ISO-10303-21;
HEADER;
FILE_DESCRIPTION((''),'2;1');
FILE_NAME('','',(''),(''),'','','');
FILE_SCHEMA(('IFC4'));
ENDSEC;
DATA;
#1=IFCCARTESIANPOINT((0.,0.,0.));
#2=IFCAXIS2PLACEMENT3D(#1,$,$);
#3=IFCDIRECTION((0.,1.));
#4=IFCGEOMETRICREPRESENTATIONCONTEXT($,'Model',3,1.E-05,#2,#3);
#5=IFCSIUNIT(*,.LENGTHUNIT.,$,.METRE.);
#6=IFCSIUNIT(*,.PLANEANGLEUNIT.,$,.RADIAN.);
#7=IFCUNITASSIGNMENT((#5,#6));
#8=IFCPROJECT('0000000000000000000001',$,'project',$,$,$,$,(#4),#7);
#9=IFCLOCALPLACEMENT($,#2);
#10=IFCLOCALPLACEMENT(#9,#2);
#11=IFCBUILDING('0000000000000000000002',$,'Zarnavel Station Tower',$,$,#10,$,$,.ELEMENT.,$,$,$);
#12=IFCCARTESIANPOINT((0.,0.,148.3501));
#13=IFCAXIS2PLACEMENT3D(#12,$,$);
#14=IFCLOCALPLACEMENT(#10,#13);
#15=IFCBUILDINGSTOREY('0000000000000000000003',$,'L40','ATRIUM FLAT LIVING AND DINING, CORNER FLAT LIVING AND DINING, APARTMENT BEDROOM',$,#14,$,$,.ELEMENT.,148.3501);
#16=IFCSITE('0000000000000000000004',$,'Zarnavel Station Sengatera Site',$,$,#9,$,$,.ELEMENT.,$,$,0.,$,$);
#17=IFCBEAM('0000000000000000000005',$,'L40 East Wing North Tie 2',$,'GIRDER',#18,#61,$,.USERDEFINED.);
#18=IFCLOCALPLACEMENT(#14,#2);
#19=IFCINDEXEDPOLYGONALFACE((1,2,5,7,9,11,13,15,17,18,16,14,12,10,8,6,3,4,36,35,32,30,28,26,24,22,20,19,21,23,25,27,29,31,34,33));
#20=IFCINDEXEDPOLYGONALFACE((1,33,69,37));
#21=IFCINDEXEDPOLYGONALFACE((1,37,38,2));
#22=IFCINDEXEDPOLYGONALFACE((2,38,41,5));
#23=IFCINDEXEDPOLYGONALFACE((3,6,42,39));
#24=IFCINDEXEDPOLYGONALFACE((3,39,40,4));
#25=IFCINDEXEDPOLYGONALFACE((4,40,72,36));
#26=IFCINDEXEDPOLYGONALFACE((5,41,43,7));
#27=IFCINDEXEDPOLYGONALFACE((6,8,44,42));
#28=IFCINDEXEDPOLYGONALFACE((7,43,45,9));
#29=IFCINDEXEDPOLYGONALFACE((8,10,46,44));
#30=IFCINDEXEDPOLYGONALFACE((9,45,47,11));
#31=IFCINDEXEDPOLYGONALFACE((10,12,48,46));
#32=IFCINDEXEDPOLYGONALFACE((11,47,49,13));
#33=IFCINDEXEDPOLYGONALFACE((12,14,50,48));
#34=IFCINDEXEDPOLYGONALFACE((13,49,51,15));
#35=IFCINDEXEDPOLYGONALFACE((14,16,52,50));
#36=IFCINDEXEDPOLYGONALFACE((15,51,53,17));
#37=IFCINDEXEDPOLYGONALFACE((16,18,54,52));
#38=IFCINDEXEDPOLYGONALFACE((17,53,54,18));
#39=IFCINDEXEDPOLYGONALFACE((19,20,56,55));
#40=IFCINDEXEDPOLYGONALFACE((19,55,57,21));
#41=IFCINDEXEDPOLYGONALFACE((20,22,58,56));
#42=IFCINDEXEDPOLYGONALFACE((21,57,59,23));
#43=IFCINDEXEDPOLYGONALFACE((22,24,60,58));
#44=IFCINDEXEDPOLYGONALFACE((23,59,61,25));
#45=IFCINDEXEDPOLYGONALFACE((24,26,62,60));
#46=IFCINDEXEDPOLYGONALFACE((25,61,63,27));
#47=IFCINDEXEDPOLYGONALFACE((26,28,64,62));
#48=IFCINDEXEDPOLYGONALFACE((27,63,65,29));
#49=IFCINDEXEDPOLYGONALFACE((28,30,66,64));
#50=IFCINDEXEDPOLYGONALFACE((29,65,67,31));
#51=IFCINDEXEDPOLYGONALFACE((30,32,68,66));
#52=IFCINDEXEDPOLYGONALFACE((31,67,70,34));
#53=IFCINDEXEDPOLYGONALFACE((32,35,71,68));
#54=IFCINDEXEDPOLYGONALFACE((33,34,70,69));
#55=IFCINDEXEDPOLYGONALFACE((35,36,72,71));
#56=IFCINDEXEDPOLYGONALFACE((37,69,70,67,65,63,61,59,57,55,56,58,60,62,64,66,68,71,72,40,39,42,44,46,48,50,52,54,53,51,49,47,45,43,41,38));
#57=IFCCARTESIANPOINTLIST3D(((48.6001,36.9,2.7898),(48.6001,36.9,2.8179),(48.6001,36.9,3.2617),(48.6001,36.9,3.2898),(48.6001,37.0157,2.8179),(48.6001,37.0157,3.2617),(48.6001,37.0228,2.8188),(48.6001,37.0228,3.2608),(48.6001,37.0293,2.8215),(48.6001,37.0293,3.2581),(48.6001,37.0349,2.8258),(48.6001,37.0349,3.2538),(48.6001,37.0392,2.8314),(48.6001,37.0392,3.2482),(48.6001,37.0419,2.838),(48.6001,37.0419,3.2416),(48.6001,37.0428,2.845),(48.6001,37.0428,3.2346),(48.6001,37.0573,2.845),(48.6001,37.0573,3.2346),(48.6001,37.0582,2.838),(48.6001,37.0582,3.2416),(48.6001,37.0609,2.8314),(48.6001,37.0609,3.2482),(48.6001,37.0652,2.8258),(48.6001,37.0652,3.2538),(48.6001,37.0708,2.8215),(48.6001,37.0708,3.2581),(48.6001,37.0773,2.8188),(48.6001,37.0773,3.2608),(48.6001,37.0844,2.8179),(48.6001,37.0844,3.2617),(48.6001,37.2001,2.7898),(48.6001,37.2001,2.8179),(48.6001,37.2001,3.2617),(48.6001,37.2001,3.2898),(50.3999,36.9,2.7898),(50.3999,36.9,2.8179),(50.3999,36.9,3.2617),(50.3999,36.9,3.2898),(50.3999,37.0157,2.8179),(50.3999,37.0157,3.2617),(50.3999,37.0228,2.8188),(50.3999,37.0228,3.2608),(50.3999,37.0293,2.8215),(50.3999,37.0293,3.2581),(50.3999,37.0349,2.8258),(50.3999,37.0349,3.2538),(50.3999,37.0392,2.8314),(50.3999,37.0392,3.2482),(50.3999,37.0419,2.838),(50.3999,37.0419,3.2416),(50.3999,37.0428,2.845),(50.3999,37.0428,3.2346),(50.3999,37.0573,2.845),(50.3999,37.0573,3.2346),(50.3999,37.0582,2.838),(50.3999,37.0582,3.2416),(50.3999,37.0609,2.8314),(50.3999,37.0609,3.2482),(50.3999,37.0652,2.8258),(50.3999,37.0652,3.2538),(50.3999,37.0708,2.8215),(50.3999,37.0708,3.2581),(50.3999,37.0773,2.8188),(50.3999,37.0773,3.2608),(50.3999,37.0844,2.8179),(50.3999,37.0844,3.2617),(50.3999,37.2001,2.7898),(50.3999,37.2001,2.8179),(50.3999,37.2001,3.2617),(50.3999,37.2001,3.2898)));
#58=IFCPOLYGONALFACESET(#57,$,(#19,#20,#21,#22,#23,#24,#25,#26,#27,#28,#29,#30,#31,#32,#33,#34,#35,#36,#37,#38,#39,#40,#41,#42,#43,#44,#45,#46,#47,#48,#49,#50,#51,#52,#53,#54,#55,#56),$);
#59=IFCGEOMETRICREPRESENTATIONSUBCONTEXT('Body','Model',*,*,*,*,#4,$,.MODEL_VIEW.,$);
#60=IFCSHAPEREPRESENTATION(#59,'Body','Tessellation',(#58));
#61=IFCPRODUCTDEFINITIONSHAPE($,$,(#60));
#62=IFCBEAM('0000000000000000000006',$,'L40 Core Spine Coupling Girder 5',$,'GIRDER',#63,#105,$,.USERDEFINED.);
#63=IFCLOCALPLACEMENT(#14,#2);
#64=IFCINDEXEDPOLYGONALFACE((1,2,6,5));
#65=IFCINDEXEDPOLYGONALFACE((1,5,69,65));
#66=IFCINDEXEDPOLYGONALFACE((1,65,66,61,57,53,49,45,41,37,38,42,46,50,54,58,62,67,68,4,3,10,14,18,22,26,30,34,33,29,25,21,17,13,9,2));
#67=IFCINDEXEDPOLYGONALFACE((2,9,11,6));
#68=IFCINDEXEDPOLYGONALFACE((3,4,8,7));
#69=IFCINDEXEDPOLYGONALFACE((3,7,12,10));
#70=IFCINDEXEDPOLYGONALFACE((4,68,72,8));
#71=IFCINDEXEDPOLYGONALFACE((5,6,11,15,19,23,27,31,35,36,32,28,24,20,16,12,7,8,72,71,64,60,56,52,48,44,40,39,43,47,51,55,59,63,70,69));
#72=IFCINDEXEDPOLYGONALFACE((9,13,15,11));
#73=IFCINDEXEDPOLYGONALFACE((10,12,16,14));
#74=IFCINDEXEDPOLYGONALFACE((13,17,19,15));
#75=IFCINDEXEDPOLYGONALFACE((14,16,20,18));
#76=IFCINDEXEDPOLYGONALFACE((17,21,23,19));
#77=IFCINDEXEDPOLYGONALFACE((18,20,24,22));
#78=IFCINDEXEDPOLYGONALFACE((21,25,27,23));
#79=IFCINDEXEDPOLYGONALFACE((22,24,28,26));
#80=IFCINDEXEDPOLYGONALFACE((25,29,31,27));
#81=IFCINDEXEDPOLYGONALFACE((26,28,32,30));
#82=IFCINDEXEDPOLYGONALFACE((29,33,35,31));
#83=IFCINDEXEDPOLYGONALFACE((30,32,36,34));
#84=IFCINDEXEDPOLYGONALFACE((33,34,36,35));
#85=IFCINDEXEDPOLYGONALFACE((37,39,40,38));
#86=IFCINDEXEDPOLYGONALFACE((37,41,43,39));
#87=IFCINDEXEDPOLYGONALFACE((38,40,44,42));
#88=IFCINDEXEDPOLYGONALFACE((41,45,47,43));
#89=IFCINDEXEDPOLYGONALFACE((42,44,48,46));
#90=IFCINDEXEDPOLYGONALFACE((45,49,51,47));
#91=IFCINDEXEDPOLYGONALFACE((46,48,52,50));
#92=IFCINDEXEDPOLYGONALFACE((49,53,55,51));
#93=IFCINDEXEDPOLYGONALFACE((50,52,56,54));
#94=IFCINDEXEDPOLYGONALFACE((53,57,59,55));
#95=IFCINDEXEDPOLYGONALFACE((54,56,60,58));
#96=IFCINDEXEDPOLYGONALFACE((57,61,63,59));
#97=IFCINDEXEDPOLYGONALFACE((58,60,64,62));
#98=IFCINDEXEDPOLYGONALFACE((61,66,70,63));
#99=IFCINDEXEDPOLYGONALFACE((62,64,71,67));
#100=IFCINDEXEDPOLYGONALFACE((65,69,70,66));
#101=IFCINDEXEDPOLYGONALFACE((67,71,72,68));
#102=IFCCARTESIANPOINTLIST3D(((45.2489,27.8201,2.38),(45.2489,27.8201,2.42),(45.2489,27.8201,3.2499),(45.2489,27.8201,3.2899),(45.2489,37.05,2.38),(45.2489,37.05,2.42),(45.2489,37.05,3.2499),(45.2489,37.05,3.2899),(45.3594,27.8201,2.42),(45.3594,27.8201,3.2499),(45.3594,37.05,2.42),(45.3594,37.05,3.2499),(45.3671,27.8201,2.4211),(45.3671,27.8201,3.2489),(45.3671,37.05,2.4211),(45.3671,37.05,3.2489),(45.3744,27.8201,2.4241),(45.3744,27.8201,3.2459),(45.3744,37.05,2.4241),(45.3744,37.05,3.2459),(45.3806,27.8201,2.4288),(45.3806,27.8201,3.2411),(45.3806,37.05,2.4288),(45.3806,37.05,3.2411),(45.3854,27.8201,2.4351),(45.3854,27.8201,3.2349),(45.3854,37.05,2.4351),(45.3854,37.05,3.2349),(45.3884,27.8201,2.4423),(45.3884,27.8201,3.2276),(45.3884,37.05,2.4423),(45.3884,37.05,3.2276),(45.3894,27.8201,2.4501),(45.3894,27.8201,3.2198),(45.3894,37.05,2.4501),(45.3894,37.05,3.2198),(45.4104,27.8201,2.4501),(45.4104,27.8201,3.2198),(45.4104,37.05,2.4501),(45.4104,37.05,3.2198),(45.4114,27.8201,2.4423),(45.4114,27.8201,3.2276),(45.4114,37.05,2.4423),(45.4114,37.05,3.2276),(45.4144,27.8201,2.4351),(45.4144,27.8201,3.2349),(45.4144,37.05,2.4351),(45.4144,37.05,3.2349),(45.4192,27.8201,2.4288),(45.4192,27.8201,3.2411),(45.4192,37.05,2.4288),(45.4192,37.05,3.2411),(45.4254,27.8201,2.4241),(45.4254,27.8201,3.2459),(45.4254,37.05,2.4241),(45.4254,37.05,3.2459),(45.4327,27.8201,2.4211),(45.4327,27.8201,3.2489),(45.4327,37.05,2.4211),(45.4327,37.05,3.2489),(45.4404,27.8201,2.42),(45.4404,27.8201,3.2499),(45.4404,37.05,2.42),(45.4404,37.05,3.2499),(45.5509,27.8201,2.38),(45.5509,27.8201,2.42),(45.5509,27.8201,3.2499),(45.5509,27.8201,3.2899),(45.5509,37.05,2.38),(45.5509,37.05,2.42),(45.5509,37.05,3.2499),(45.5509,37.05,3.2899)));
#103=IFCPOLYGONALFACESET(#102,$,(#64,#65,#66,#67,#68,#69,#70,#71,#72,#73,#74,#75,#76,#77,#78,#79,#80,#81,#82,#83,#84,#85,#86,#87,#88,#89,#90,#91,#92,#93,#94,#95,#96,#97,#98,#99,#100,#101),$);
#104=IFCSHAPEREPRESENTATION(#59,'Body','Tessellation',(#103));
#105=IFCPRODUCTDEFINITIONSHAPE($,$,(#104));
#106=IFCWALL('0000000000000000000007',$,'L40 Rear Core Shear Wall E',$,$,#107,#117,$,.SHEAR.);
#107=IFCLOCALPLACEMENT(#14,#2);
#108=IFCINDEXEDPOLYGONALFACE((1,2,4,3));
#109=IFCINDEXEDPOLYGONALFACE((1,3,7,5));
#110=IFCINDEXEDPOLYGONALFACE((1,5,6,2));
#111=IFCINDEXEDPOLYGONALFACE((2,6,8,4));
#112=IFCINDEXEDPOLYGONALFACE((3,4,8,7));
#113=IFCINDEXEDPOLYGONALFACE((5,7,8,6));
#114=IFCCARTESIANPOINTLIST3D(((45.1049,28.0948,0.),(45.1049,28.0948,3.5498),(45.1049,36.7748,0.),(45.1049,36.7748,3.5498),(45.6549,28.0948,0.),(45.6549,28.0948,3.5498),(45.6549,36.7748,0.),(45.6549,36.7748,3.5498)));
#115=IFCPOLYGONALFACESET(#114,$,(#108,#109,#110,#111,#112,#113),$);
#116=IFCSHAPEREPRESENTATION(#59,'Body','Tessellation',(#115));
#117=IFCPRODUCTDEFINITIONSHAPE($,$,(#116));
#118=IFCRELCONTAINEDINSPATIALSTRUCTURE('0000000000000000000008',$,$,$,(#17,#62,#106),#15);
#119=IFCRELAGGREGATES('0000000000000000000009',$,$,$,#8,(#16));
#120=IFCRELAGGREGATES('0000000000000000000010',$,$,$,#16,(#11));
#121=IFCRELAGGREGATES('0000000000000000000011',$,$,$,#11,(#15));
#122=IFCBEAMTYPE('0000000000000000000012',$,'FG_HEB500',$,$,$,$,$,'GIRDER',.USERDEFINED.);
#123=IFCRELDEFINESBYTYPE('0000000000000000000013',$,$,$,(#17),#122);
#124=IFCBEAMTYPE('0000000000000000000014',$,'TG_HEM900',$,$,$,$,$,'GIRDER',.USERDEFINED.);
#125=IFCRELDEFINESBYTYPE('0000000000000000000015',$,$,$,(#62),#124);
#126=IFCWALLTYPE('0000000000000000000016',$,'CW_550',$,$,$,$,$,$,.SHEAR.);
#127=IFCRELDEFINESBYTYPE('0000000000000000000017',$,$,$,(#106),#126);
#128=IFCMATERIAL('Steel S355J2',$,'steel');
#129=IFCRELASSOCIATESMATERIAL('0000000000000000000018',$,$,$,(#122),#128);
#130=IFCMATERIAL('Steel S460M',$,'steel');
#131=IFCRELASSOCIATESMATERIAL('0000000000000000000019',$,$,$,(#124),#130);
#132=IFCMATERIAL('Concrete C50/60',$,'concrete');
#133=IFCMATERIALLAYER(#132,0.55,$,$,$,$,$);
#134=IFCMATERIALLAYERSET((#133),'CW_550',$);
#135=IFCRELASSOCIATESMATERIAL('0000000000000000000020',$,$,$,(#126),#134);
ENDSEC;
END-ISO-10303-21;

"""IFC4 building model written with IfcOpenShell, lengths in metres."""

from ifc_helpers import new_model, si_unit, direction, frame, frame_2d, origin, origin_2d, place, context, subcontext, project, spatial, rectangle, i_section, extrude, material, layer, layer_set, material_profile, profile_set, type_object, element, save


model = new_model("IFC4")

# Units and contexts
model_context = context("Model", 3, precision=1e-05, world=origin(), true_north=direction((0.0, 1.0)))
body_context = subcontext(model_context, "Body", "Model", "MODEL_VIEW")
ifc_project = project(units=[si_unit("LENGTHUNIT", "METRE"), si_unit("PLANEANGLEUNIT", "RADIAN")], contexts=[model_context])

# Site, building, storey
site_placement = place(None, origin())
site = spatial("IfcSite", under=ifc_project, at=site_placement, Name="Zarnavel Station Sengatera Site", CompositionType="ELEMENT", RefElevation=0.0)
building_placement = place(site_placement, origin())
building = spatial("IfcBuilding", under=site, at=building_placement, Name="Zarnavel Station Tower", CompositionType="ELEMENT")
storey_placement = place(building_placement, frame((0.0, 0.0, 148.3501)))
storey = spatial("IfcBuildingStorey", under=building, at=storey_placement, Name="L40", Description="ATRIUM FLAT LIVING AND DINING, CORNER FLAT LIVING AND DINING, APARTMENT BEDROOM", CompositionType="ELEMENT", Elevation=148.3501)

# Beams
ifc_material_1 = material(Name="Steel S355J2", Category="steel")
ifc_material_profile_1 = material_profile(ifc_material_1, i_section(OverallWidth=0.3, OverallDepth=0.5, WebThickness=0.0144, FlangeThickness=0.0281, FilletRadius=0.0271, at=origin_2d()), Name="HEB500")
ifc_profile_set_1 = profile_set([ifc_material_profile_1], Name="Steel S355J2")
beam_type_1 = type_object("IfcBeamType", Name="FG_HEB500", ElementType="GIRDER", PredefinedType="USERDEFINED", material=ifc_profile_set_1)
beam_1_placement = place(storey_placement, frame((48.6001, 37.05, 3.0398), z_axis=(1.0, 0.0, 0.0), x_axis=(0.0, 1.0, 0.0)))
element("IfcBeam", 1, at=beam_1_placement, inside=storey, type_object=beam_type_1, Name="L40 East Wing North Tie 2", ObjectType="GIRDER", PredefinedType="USERDEFINED", context=body_context, shape_type="SweptSolid", body=[
    extrude(i_section(OverallWidth=0.3, OverallDepth=0.5, WebThickness=0.0144, FlangeThickness=0.0281, FilletRadius=0.0271, at=origin_2d()), origin(), (0.0, 0.0, 1.0), 1.7998),
])
ifc_material_2 = material(Name="Steel S460M", Category="steel")
ifc_material_profile_2 = material_profile(ifc_material_2, i_section(OverallWidth=0.302, OverallDepth=0.9099, WebThickness=0.021, FlangeThickness=0.04, FilletRadius=0.03, at=origin_2d()), Name="HEM900")
ifc_profile_set_2 = profile_set([ifc_material_profile_2], Name="Steel S460M")
beam_type_2 = type_object("IfcBeamType", Name="TG_HEM900", ElementType="GIRDER", PredefinedType="USERDEFINED", material=ifc_profile_set_2)
beam_2_placement = place(storey_placement, frame((45.3999, 27.8201, 2.835), z_axis=(0.0, 1.0, 0.0), x_axis=(-1.0, 0.0, 0.0)))
element("IfcBeam", 2, at=beam_2_placement, inside=storey, type_object=beam_type_2, Name="L40 Core Spine Coupling Girder 5", ObjectType="GIRDER", PredefinedType="USERDEFINED", context=body_context, shape_type="SweptSolid", body=[
    extrude(i_section(OverallWidth=0.302, OverallDepth=0.9099, WebThickness=0.021, FlangeThickness=0.04, FilletRadius=0.03, at=origin_2d()), origin(), (0.0, 0.0, 1.0), 9.23),
])

# Wall
ifc_material_3 = material(Name="Concrete C50/60", Category="concrete")
ifc_layer_1 = layer(ifc_material_3, 0.55)
ifc_layer_set_1 = layer_set([ifc_layer_1], Name="CW_550")
wall_type_1 = type_object("IfcWallType", Name="CW_550", PredefinedType="SHEAR", material=ifc_layer_set_1)
wall_1_placement = place(storey_placement, frame((45.3799, 28.095, 0.0), z_axis=(0.0, 0.0, 1.0), x_axis=(0.0, 1.0, 0.0)))
element("IfcWall", 3, at=wall_1_placement, inside=storey, type_object=wall_type_1, Name="L40 Rear Core Shear Wall E", PredefinedType="SHEAR", context=body_context, shape_type="SweptSolid", body=[
    extrude(rectangle(XDim=8.6799, YDim=0.55, at=frame_2d((4.3398, 0.0))), origin(), (0.0, 0.0, 1.0), 3.5498),
])

save(model, "model.ifc")
